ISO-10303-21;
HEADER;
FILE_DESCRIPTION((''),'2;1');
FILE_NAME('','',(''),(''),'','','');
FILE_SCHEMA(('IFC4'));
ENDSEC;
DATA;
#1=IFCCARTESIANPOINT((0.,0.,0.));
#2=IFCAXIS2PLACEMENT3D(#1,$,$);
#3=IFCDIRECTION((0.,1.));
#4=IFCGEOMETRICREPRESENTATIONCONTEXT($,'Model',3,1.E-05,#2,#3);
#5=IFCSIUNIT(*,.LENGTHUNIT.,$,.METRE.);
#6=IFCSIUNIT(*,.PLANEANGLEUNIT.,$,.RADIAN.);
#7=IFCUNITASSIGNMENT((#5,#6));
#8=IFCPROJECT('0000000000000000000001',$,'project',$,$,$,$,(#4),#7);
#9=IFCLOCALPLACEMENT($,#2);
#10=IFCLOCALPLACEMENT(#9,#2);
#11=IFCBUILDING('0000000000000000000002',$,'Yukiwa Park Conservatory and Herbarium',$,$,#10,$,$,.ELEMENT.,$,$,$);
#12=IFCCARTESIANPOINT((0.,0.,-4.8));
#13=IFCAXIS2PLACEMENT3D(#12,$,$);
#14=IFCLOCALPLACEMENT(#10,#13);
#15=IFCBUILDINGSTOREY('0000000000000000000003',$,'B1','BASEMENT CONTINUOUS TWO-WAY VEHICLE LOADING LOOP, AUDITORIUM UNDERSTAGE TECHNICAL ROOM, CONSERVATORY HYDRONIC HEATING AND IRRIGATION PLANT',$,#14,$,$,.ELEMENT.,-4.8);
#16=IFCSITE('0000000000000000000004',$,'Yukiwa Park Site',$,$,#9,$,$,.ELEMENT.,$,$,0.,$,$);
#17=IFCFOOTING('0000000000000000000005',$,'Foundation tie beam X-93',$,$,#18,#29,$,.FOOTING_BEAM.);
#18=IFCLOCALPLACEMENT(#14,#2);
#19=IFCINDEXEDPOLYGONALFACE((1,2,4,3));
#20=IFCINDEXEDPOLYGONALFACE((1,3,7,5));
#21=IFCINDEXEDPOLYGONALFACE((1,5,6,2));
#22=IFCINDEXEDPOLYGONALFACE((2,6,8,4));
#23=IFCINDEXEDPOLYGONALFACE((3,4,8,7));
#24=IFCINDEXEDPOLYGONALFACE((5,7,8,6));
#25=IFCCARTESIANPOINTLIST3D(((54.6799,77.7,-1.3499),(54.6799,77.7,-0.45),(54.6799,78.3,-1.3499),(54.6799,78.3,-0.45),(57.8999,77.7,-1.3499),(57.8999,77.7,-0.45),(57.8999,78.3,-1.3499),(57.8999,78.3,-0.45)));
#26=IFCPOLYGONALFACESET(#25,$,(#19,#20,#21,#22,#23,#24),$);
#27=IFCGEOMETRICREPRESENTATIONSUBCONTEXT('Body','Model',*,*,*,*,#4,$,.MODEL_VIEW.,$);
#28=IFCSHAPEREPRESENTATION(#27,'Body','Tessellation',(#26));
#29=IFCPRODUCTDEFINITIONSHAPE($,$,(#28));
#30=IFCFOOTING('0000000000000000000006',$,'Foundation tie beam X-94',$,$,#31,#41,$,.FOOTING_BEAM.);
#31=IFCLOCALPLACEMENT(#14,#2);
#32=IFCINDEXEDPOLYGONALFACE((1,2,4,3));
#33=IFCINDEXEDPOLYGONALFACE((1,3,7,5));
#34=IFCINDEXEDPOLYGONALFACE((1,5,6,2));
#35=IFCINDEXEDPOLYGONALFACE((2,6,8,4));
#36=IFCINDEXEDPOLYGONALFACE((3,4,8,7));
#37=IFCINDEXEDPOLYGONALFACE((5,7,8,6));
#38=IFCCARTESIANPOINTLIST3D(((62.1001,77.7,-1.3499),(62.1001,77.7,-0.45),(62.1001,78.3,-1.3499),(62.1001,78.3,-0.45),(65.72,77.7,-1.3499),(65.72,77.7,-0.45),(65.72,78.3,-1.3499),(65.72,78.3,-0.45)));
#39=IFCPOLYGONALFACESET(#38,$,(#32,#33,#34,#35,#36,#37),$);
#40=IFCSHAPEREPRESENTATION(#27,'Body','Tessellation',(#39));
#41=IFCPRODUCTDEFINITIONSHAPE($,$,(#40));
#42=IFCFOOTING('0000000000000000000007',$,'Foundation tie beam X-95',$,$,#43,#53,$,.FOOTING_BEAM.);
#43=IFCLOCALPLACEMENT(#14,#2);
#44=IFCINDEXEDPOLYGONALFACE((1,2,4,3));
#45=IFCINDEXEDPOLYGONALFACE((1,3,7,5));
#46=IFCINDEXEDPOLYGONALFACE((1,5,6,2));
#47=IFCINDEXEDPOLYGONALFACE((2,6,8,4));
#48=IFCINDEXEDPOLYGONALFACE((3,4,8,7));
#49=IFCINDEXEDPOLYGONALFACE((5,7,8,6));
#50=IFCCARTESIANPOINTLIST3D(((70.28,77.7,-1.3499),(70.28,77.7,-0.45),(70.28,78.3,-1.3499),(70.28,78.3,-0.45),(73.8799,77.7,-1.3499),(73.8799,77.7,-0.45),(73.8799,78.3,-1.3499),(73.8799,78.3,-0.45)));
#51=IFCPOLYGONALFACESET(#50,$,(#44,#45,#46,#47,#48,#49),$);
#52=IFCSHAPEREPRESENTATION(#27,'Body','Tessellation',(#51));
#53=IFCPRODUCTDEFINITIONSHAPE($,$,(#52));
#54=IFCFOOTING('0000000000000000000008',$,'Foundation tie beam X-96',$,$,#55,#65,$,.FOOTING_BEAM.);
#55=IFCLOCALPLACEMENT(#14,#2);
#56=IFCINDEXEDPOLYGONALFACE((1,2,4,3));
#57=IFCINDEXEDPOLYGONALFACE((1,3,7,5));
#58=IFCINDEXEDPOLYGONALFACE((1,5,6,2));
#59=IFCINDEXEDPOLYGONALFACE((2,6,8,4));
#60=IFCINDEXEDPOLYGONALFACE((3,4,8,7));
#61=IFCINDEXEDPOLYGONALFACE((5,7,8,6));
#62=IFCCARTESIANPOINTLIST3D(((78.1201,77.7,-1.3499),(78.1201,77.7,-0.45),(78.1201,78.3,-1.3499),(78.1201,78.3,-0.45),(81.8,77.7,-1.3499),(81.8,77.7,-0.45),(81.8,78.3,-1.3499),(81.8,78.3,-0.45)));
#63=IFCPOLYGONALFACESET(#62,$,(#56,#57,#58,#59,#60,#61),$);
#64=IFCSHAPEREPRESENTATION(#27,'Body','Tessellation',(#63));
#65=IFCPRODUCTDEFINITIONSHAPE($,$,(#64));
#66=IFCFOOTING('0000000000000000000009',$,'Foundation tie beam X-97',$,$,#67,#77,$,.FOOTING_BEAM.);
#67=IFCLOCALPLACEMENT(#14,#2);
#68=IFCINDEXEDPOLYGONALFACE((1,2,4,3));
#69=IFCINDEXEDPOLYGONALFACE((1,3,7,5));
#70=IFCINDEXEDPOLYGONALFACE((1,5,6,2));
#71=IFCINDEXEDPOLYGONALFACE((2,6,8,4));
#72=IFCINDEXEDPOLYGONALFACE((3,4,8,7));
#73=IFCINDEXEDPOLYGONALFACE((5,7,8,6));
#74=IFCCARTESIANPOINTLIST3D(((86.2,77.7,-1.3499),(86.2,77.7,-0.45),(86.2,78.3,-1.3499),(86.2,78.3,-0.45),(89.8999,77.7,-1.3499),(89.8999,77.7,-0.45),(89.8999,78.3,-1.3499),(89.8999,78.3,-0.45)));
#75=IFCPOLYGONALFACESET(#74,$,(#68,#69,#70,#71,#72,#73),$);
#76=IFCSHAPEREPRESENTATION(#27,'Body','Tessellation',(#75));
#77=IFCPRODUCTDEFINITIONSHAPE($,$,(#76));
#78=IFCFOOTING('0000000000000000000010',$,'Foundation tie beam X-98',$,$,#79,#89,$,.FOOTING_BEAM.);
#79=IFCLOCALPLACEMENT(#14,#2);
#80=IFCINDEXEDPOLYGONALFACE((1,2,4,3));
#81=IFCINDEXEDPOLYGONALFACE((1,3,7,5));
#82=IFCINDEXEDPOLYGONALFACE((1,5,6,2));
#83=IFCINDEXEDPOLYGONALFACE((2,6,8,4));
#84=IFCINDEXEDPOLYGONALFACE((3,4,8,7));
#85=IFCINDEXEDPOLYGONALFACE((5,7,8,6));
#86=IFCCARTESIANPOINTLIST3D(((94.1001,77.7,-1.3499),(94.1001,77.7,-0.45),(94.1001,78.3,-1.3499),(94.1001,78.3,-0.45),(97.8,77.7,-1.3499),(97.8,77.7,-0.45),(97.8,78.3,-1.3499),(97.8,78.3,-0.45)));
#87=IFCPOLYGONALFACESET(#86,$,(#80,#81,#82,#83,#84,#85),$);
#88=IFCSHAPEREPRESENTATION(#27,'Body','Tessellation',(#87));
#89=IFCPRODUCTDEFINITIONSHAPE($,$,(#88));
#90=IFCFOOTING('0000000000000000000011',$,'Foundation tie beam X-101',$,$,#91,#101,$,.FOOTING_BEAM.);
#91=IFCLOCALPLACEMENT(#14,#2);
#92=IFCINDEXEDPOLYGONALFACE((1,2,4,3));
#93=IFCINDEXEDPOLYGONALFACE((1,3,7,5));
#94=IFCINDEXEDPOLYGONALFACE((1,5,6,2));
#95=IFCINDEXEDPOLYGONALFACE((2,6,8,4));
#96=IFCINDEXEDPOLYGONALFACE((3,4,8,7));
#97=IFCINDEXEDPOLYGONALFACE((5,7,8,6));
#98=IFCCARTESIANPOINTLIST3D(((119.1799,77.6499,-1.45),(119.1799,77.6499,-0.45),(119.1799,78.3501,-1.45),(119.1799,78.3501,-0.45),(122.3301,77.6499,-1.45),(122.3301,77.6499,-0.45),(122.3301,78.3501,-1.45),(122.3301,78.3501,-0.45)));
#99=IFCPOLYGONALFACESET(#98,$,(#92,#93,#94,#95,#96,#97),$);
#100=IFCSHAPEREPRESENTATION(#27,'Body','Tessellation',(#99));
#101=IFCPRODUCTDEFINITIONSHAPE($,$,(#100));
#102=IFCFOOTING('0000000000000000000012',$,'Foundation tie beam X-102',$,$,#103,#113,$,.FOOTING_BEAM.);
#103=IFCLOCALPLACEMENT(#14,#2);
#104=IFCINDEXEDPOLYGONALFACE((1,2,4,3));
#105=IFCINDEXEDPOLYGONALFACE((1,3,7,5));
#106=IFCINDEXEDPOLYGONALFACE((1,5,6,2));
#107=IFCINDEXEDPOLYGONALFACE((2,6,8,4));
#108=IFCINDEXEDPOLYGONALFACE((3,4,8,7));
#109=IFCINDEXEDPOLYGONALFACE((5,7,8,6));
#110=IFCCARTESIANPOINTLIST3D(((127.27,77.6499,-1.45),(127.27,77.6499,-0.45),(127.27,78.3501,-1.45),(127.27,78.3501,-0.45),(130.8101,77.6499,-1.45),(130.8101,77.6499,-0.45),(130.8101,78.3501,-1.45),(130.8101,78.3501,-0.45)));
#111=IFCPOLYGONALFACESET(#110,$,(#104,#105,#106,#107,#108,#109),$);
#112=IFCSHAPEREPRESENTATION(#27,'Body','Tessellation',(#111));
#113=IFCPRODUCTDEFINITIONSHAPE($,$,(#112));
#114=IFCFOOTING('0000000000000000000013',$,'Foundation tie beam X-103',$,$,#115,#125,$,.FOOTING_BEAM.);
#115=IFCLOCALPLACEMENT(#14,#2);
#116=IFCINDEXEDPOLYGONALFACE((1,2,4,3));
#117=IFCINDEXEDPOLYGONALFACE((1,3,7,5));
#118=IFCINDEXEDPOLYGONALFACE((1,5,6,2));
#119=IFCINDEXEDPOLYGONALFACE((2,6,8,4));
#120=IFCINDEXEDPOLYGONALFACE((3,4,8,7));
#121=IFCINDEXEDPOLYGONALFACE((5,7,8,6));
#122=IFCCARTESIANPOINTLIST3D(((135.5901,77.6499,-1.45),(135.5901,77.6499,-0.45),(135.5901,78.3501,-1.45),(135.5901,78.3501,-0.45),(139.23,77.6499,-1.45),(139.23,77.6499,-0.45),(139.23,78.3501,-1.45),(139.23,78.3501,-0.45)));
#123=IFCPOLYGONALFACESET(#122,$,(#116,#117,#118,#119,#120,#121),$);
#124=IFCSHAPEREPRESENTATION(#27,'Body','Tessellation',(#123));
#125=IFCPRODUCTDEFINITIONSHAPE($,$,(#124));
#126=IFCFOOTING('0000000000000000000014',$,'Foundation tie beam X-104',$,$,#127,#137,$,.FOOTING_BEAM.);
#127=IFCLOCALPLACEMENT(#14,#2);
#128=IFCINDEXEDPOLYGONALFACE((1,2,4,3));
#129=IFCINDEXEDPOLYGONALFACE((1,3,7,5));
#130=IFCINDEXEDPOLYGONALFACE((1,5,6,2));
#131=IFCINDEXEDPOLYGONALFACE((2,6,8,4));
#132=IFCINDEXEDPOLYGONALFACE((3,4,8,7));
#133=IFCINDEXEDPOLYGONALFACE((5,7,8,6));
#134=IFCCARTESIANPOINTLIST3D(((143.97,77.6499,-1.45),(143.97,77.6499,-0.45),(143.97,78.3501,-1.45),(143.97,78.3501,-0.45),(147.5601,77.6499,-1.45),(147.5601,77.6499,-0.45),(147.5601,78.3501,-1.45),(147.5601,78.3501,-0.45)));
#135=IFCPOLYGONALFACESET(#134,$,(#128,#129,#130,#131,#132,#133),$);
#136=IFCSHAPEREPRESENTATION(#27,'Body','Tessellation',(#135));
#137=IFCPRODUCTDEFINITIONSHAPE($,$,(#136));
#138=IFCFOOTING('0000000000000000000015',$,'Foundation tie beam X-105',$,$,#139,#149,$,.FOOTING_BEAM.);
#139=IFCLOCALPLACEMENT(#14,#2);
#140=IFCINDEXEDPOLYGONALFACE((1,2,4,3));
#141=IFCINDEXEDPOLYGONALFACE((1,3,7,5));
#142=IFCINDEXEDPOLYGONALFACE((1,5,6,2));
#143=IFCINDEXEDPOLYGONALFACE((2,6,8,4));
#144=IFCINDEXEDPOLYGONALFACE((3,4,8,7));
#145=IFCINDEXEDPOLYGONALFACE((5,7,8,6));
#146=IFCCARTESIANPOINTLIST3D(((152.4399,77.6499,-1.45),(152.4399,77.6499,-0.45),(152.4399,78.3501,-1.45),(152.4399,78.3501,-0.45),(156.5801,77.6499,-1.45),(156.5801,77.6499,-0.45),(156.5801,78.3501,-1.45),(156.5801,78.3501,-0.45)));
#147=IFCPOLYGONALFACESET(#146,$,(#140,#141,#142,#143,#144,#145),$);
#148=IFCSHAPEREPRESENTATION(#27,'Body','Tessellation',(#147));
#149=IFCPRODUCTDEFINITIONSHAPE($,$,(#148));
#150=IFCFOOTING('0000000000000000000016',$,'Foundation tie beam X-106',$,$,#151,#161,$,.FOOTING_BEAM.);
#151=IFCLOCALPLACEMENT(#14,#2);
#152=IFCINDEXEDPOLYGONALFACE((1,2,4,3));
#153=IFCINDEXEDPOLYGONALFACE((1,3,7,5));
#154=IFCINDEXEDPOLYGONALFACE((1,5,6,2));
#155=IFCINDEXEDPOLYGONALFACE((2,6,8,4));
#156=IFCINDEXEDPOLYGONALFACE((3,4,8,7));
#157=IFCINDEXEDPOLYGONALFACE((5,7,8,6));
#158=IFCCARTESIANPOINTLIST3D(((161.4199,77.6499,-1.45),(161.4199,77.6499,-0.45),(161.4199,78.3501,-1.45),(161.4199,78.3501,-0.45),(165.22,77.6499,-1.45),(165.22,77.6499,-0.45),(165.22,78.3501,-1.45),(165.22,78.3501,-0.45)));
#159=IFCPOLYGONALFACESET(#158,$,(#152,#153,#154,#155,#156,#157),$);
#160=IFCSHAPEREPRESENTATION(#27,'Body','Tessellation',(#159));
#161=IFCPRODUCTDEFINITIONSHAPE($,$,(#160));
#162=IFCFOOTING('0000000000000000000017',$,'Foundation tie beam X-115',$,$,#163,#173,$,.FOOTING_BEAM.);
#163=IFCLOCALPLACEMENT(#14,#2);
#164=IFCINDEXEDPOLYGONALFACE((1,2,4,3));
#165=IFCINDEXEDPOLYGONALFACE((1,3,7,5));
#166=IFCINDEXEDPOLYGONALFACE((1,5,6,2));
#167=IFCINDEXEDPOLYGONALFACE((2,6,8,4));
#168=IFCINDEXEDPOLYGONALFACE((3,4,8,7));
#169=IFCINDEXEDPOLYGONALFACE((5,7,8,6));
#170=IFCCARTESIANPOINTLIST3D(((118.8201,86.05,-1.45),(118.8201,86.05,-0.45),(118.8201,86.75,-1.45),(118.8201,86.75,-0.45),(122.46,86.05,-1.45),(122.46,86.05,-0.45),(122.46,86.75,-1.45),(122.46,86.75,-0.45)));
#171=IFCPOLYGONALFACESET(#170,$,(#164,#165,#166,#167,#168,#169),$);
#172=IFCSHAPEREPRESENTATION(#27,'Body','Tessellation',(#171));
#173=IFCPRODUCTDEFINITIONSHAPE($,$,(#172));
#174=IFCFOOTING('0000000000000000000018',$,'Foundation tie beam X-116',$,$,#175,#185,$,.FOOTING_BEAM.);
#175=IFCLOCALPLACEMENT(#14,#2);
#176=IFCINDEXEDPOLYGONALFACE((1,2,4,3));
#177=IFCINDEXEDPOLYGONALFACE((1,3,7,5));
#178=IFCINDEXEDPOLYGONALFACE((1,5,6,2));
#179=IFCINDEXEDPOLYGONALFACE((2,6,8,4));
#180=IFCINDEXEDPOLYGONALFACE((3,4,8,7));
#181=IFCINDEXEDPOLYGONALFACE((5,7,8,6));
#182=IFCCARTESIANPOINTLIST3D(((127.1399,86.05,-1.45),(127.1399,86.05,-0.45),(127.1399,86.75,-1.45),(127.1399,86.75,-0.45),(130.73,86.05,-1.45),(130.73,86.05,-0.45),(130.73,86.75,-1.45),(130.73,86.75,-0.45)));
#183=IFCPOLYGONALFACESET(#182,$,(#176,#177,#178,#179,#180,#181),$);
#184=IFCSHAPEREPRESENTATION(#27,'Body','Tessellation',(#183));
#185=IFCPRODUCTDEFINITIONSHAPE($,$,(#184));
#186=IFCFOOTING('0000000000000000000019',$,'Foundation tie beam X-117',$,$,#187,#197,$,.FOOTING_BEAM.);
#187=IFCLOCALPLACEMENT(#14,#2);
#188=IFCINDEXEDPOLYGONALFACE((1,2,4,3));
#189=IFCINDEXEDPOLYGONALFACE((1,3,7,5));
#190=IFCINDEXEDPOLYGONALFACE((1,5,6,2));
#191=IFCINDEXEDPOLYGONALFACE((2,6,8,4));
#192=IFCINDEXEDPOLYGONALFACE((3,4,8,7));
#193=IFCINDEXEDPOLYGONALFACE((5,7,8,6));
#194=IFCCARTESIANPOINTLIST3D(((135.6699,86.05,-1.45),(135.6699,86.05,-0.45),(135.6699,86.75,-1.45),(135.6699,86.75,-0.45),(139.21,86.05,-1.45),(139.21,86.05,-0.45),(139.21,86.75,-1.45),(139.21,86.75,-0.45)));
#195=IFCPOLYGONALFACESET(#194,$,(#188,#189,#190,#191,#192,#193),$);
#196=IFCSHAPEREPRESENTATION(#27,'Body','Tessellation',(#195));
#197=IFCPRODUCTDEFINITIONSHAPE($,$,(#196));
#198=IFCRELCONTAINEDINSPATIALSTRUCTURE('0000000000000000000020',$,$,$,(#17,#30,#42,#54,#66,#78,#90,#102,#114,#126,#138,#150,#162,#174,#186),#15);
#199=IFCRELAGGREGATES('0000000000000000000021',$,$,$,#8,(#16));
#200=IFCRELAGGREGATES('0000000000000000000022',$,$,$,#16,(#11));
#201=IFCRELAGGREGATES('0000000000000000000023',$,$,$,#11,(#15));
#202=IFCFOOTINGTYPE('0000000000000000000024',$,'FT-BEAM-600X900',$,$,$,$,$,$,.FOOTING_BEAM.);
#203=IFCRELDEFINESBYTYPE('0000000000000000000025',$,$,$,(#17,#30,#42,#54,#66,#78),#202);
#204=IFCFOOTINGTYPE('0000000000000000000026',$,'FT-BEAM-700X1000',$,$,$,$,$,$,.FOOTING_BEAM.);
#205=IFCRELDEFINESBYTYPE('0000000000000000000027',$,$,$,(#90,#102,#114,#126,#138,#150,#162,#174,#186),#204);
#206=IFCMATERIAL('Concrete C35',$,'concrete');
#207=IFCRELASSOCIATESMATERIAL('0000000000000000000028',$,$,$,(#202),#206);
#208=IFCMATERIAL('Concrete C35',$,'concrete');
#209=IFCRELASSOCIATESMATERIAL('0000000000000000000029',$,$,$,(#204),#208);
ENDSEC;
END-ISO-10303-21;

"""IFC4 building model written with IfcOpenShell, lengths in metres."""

from ifc_helpers import new_model, si_unit, direction, frame, origin, place, context, subcontext, project, spatial, polyline, outline, extrude, material, type_object, element, save


model = new_model("IFC4")

# Units and contexts
model_context = context("Model", 3, precision=1e-05, world=origin(), true_north=direction((0.0, 1.0)))
body_context = subcontext(model_context, "Body", "Model", "MODEL_VIEW")
ifc_project = project(units=[si_unit("LENGTHUNIT", "METRE"), si_unit("PLANEANGLEUNIT", "RADIAN")], contexts=[model_context])

# Site, building, storey
site_placement = place(None, origin())
site = spatial("IfcSite", under=ifc_project, at=site_placement, Name="Yukiwa Park Site", CompositionType="ELEMENT", RefElevation=0.0)
building_placement = place(site_placement, origin())
building = spatial("IfcBuilding", under=site, at=building_placement, Name="Yukiwa Park Conservatory and Herbarium", CompositionType="ELEMENT")
storey_placement = place(building_placement, frame((0.0, 0.0, -4.8)))
storey = spatial("IfcBuildingStorey", under=building, at=storey_placement, Name="B1", Description="BASEMENT CONTINUOUS TWO-WAY VEHICLE LOADING LOOP, AUDITORIUM UNDERSTAGE TECHNICAL ROOM, CONSERVATORY HYDRONIC HEATING AND IRRIGATION PLANT", CompositionType="ELEMENT", Elevation=-4.8)

# Footings
ifc_material_1 = material(Name="Concrete C35", Category="concrete")
footing_type_1 = type_object("IfcFootingType", Name="FT-BEAM-600X900", PredefinedType="FOOTING_BEAM", material=ifc_material_1)
footing_1_placement = place(storey_placement, frame((0.0, 0.0, -1.3499)))
element("IfcFooting", 1, at=footing_1_placement, inside=storey, type_object=footing_type_1, Name="Foundation tie beam X-93", PredefinedType="FOOTING_BEAM", context=body_context, shape_type="SweptSolid", body=[
    extrude(outline(polyline([(54.6799, 77.7), (57.8999, 77.7), (57.8999, 78.3), (54.6799, 78.3), (54.6799, 77.7)])), origin(), (0.0, 0.0, 1.0), 0.8999),
])
footing_2_placement = place(storey_placement, frame((0.0, 0.0, -1.3499)))
element("IfcFooting", 2, at=footing_2_placement, inside=storey, type_object=footing_type_1, Name="Foundation tie beam X-94", PredefinedType="FOOTING_BEAM", context=body_context, shape_type="SweptSolid", body=[
    extrude(outline(polyline([(62.1001, 77.7), (65.72, 77.7), (65.72, 78.3), (62.1001, 78.3), (62.1001, 77.7)])), origin(), (0.0, 0.0, 1.0), 0.8999),
])
footing_3_placement = place(storey_placement, frame((0.0, 0.0, -1.3499)))
element("IfcFooting", 3, at=footing_3_placement, inside=storey, type_object=footing_type_1, Name="Foundation tie beam X-95", PredefinedType="FOOTING_BEAM", context=body_context, shape_type="SweptSolid", body=[
    extrude(outline(polyline([(70.28, 77.7), (73.8799, 77.7), (73.8799, 78.3), (70.28, 78.3), (70.28, 77.7)])), origin(), (0.0, 0.0, 1.0), 0.8999),
])
footing_4_placement = place(storey_placement, frame((0.0, 0.0, -1.3499)))
element("IfcFooting", 4, at=footing_4_placement, inside=storey, type_object=footing_type_1, Name="Foundation tie beam X-96", PredefinedType="FOOTING_BEAM", context=body_context, shape_type="SweptSolid", body=[
    extrude(outline(polyline([(78.1201, 77.7), (81.8, 77.7), (81.8, 78.3), (78.1201, 78.3), (78.1201, 77.7)])), origin(), (0.0, 0.0, 1.0), 0.8999),
])
footing_5_placement = place(storey_placement, frame((0.0, 0.0, -1.3499)))
element("IfcFooting", 5, at=footing_5_placement, inside=storey, type_object=footing_type_1, Name="Foundation tie beam X-97", PredefinedType="FOOTING_BEAM", context=body_context, shape_type="SweptSolid", body=[
    extrude(outline(polyline([(86.2, 77.7), (89.8999, 77.7), (89.8999, 78.3), (86.2, 78.3), (86.2, 77.7)])), origin(), (0.0, 0.0, 1.0), 0.8999),
])
footing_6_placement = place(storey_placement, frame((0.0, 0.0, -1.3499)))
element("IfcFooting", 6, at=footing_6_placement, inside=storey, type_object=footing_type_1, Name="Foundation tie beam X-98", PredefinedType="FOOTING_BEAM", context=body_context, shape_type="SweptSolid", body=[
    extrude(outline(polyline([(94.1001, 77.7), (97.8, 77.7), (97.8, 78.3), (94.1001, 78.3), (94.1001, 77.7)])), origin(), (0.0, 0.0, 1.0), 0.8999),
])
ifc_material_2 = material(Name="Concrete C35", Category="concrete")
footing_type_2 = type_object("IfcFootingType", Name="FT-BEAM-700X1000", PredefinedType="FOOTING_BEAM", material=ifc_material_2)
footing_7_placement = place(storey_placement, frame((0.0, 0.0, -1.45)))
element("IfcFooting", 7, at=footing_7_placement, inside=storey, type_object=footing_type_2, Name="Foundation tie beam X-101", PredefinedType="FOOTING_BEAM", context=body_context, shape_type="SweptSolid", body=[
    extrude(outline(polyline([(119.1799, 77.6499), (122.3301, 77.6499), (122.3301, 78.3501), (119.1799, 78.3501), (119.1799, 77.6499)])), origin(), (0.0, 0.0, 1.0), 1.0),
])
footing_8_placement = place(storey_placement, frame((0.0, 0.0, -1.45)))
element("IfcFooting", 8, at=footing_8_placement, inside=storey, type_object=footing_type_2, Name="Foundation tie beam X-102", PredefinedType="FOOTING_BEAM", context=body_context, shape_type="SweptSolid", body=[
    extrude(outline(polyline([(127.27, 77.6499), (130.8101, 77.6499), (130.8101, 78.3501), (127.27, 78.3501), (127.27, 77.6499)])), origin(), (0.0, 0.0, 1.0), 1.0),
])
footing_9_placement = place(storey_placement, frame((0.0, 0.0, -1.45)))
element("IfcFooting", 9, at=footing_9_placement, inside=storey, type_object=footing_type_2, Name="Foundation tie beam X-103", PredefinedType="FOOTING_BEAM", context=body_context, shape_type="SweptSolid", body=[
    extrude(outline(polyline([(135.5901, 77.6499), (139.23, 77.6499), (139.23, 78.3501), (135.5901, 78.3501), (135.5901, 77.6499)])), origin(), (0.0, 0.0, 1.0), 1.0),
])
footing_10_placement = place(storey_placement, frame((0.0, 0.0, -1.45)))
element("IfcFooting", 10, at=footing_10_placement, inside=storey, type_object=footing_type_2, Name="Foundation tie beam X-104", PredefinedType="FOOTING_BEAM", context=body_context, shape_type="SweptSolid", body=[
    extrude(outline(polyline([(143.97, 77.6499), (147.5601, 77.6499), (147.5601, 78.3501), (143.97, 78.3501), (143.97, 77.6499)])), origin(), (0.0, 0.0, 1.0), 1.0),
])
footing_11_placement = place(storey_placement, frame((0.0, 0.0, -1.45)))
element("IfcFooting", 11, at=footing_11_placement, inside=storey, type_object=footing_type_2, Name="Foundation tie beam X-105", PredefinedType="FOOTING_BEAM", context=body_context, shape_type="SweptSolid", body=[
    extrude(outline(polyline([(152.4399, 77.6499), (156.5801, 77.6499), (156.5801, 78.3501), (152.4399, 78.3501), (152.4399, 77.6499)])), origin(), (0.0, 0.0, 1.0), 1.0),
])
footing_12_placement = place(storey_placement, frame((0.0, 0.0, -1.45)))
element("IfcFooting", 12, at=footing_12_placement, inside=storey, type_object=footing_type_2, Name="Foundation tie beam X-106", PredefinedType="FOOTING_BEAM", context=body_context, shape_type="SweptSolid", body=[
    extrude(outline(polyline([(161.4199, 77.6499), (165.22, 77.6499), (165.22, 78.3501), (161.4199, 78.3501), (161.4199, 77.6499)])), origin(), (0.0, 0.0, 1.0), 1.0),
])
footing_13_placement = place(storey_placement, frame((0.0, 0.0, -1.45)))
element("IfcFooting", 13, at=footing_13_placement, inside=storey, type_object=footing_type_2, Name="Foundation tie beam X-115", PredefinedType="FOOTING_BEAM", context=body_context, shape_type="SweptSolid", body=[
    extrude(outline(polyline([(118.8201, 86.05), (122.46, 86.05), (122.46, 86.75), (118.8201, 86.75), (118.8201, 86.05)])), origin(), (0.0, 0.0, 1.0), 1.0),
])
footing_14_placement = place(storey_placement, frame((0.0, 0.0, -1.45)))
element("IfcFooting", 14, at=footing_14_placement, inside=storey, type_object=footing_type_2, Name="Foundation tie beam X-116", PredefinedType="FOOTING_BEAM", context=body_context, shape_type="SweptSolid", body=[
    extrude(outline(polyline([(127.1399, 86.05), (130.73, 86.05), (130.73, 86.75), (127.1399, 86.75), (127.1399, 86.05)])), origin(), (0.0, 0.0, 1.0), 1.0),
])
footing_15_placement = place(storey_placement, frame((0.0, 0.0, -1.45)))
element("IfcFooting", 15, at=footing_15_placement, inside=storey, type_object=footing_type_2, Name="Foundation tie beam X-117", PredefinedType="FOOTING_BEAM", context=body_context, shape_type="SweptSolid", body=[
    extrude(outline(polyline([(135.6699, 86.05), (139.21, 86.05), (139.21, 86.75), (135.6699, 86.75), (135.6699, 86.05)])), origin(), (0.0, 0.0, 1.0), 1.0),
])

save(model, "model.ifc")
